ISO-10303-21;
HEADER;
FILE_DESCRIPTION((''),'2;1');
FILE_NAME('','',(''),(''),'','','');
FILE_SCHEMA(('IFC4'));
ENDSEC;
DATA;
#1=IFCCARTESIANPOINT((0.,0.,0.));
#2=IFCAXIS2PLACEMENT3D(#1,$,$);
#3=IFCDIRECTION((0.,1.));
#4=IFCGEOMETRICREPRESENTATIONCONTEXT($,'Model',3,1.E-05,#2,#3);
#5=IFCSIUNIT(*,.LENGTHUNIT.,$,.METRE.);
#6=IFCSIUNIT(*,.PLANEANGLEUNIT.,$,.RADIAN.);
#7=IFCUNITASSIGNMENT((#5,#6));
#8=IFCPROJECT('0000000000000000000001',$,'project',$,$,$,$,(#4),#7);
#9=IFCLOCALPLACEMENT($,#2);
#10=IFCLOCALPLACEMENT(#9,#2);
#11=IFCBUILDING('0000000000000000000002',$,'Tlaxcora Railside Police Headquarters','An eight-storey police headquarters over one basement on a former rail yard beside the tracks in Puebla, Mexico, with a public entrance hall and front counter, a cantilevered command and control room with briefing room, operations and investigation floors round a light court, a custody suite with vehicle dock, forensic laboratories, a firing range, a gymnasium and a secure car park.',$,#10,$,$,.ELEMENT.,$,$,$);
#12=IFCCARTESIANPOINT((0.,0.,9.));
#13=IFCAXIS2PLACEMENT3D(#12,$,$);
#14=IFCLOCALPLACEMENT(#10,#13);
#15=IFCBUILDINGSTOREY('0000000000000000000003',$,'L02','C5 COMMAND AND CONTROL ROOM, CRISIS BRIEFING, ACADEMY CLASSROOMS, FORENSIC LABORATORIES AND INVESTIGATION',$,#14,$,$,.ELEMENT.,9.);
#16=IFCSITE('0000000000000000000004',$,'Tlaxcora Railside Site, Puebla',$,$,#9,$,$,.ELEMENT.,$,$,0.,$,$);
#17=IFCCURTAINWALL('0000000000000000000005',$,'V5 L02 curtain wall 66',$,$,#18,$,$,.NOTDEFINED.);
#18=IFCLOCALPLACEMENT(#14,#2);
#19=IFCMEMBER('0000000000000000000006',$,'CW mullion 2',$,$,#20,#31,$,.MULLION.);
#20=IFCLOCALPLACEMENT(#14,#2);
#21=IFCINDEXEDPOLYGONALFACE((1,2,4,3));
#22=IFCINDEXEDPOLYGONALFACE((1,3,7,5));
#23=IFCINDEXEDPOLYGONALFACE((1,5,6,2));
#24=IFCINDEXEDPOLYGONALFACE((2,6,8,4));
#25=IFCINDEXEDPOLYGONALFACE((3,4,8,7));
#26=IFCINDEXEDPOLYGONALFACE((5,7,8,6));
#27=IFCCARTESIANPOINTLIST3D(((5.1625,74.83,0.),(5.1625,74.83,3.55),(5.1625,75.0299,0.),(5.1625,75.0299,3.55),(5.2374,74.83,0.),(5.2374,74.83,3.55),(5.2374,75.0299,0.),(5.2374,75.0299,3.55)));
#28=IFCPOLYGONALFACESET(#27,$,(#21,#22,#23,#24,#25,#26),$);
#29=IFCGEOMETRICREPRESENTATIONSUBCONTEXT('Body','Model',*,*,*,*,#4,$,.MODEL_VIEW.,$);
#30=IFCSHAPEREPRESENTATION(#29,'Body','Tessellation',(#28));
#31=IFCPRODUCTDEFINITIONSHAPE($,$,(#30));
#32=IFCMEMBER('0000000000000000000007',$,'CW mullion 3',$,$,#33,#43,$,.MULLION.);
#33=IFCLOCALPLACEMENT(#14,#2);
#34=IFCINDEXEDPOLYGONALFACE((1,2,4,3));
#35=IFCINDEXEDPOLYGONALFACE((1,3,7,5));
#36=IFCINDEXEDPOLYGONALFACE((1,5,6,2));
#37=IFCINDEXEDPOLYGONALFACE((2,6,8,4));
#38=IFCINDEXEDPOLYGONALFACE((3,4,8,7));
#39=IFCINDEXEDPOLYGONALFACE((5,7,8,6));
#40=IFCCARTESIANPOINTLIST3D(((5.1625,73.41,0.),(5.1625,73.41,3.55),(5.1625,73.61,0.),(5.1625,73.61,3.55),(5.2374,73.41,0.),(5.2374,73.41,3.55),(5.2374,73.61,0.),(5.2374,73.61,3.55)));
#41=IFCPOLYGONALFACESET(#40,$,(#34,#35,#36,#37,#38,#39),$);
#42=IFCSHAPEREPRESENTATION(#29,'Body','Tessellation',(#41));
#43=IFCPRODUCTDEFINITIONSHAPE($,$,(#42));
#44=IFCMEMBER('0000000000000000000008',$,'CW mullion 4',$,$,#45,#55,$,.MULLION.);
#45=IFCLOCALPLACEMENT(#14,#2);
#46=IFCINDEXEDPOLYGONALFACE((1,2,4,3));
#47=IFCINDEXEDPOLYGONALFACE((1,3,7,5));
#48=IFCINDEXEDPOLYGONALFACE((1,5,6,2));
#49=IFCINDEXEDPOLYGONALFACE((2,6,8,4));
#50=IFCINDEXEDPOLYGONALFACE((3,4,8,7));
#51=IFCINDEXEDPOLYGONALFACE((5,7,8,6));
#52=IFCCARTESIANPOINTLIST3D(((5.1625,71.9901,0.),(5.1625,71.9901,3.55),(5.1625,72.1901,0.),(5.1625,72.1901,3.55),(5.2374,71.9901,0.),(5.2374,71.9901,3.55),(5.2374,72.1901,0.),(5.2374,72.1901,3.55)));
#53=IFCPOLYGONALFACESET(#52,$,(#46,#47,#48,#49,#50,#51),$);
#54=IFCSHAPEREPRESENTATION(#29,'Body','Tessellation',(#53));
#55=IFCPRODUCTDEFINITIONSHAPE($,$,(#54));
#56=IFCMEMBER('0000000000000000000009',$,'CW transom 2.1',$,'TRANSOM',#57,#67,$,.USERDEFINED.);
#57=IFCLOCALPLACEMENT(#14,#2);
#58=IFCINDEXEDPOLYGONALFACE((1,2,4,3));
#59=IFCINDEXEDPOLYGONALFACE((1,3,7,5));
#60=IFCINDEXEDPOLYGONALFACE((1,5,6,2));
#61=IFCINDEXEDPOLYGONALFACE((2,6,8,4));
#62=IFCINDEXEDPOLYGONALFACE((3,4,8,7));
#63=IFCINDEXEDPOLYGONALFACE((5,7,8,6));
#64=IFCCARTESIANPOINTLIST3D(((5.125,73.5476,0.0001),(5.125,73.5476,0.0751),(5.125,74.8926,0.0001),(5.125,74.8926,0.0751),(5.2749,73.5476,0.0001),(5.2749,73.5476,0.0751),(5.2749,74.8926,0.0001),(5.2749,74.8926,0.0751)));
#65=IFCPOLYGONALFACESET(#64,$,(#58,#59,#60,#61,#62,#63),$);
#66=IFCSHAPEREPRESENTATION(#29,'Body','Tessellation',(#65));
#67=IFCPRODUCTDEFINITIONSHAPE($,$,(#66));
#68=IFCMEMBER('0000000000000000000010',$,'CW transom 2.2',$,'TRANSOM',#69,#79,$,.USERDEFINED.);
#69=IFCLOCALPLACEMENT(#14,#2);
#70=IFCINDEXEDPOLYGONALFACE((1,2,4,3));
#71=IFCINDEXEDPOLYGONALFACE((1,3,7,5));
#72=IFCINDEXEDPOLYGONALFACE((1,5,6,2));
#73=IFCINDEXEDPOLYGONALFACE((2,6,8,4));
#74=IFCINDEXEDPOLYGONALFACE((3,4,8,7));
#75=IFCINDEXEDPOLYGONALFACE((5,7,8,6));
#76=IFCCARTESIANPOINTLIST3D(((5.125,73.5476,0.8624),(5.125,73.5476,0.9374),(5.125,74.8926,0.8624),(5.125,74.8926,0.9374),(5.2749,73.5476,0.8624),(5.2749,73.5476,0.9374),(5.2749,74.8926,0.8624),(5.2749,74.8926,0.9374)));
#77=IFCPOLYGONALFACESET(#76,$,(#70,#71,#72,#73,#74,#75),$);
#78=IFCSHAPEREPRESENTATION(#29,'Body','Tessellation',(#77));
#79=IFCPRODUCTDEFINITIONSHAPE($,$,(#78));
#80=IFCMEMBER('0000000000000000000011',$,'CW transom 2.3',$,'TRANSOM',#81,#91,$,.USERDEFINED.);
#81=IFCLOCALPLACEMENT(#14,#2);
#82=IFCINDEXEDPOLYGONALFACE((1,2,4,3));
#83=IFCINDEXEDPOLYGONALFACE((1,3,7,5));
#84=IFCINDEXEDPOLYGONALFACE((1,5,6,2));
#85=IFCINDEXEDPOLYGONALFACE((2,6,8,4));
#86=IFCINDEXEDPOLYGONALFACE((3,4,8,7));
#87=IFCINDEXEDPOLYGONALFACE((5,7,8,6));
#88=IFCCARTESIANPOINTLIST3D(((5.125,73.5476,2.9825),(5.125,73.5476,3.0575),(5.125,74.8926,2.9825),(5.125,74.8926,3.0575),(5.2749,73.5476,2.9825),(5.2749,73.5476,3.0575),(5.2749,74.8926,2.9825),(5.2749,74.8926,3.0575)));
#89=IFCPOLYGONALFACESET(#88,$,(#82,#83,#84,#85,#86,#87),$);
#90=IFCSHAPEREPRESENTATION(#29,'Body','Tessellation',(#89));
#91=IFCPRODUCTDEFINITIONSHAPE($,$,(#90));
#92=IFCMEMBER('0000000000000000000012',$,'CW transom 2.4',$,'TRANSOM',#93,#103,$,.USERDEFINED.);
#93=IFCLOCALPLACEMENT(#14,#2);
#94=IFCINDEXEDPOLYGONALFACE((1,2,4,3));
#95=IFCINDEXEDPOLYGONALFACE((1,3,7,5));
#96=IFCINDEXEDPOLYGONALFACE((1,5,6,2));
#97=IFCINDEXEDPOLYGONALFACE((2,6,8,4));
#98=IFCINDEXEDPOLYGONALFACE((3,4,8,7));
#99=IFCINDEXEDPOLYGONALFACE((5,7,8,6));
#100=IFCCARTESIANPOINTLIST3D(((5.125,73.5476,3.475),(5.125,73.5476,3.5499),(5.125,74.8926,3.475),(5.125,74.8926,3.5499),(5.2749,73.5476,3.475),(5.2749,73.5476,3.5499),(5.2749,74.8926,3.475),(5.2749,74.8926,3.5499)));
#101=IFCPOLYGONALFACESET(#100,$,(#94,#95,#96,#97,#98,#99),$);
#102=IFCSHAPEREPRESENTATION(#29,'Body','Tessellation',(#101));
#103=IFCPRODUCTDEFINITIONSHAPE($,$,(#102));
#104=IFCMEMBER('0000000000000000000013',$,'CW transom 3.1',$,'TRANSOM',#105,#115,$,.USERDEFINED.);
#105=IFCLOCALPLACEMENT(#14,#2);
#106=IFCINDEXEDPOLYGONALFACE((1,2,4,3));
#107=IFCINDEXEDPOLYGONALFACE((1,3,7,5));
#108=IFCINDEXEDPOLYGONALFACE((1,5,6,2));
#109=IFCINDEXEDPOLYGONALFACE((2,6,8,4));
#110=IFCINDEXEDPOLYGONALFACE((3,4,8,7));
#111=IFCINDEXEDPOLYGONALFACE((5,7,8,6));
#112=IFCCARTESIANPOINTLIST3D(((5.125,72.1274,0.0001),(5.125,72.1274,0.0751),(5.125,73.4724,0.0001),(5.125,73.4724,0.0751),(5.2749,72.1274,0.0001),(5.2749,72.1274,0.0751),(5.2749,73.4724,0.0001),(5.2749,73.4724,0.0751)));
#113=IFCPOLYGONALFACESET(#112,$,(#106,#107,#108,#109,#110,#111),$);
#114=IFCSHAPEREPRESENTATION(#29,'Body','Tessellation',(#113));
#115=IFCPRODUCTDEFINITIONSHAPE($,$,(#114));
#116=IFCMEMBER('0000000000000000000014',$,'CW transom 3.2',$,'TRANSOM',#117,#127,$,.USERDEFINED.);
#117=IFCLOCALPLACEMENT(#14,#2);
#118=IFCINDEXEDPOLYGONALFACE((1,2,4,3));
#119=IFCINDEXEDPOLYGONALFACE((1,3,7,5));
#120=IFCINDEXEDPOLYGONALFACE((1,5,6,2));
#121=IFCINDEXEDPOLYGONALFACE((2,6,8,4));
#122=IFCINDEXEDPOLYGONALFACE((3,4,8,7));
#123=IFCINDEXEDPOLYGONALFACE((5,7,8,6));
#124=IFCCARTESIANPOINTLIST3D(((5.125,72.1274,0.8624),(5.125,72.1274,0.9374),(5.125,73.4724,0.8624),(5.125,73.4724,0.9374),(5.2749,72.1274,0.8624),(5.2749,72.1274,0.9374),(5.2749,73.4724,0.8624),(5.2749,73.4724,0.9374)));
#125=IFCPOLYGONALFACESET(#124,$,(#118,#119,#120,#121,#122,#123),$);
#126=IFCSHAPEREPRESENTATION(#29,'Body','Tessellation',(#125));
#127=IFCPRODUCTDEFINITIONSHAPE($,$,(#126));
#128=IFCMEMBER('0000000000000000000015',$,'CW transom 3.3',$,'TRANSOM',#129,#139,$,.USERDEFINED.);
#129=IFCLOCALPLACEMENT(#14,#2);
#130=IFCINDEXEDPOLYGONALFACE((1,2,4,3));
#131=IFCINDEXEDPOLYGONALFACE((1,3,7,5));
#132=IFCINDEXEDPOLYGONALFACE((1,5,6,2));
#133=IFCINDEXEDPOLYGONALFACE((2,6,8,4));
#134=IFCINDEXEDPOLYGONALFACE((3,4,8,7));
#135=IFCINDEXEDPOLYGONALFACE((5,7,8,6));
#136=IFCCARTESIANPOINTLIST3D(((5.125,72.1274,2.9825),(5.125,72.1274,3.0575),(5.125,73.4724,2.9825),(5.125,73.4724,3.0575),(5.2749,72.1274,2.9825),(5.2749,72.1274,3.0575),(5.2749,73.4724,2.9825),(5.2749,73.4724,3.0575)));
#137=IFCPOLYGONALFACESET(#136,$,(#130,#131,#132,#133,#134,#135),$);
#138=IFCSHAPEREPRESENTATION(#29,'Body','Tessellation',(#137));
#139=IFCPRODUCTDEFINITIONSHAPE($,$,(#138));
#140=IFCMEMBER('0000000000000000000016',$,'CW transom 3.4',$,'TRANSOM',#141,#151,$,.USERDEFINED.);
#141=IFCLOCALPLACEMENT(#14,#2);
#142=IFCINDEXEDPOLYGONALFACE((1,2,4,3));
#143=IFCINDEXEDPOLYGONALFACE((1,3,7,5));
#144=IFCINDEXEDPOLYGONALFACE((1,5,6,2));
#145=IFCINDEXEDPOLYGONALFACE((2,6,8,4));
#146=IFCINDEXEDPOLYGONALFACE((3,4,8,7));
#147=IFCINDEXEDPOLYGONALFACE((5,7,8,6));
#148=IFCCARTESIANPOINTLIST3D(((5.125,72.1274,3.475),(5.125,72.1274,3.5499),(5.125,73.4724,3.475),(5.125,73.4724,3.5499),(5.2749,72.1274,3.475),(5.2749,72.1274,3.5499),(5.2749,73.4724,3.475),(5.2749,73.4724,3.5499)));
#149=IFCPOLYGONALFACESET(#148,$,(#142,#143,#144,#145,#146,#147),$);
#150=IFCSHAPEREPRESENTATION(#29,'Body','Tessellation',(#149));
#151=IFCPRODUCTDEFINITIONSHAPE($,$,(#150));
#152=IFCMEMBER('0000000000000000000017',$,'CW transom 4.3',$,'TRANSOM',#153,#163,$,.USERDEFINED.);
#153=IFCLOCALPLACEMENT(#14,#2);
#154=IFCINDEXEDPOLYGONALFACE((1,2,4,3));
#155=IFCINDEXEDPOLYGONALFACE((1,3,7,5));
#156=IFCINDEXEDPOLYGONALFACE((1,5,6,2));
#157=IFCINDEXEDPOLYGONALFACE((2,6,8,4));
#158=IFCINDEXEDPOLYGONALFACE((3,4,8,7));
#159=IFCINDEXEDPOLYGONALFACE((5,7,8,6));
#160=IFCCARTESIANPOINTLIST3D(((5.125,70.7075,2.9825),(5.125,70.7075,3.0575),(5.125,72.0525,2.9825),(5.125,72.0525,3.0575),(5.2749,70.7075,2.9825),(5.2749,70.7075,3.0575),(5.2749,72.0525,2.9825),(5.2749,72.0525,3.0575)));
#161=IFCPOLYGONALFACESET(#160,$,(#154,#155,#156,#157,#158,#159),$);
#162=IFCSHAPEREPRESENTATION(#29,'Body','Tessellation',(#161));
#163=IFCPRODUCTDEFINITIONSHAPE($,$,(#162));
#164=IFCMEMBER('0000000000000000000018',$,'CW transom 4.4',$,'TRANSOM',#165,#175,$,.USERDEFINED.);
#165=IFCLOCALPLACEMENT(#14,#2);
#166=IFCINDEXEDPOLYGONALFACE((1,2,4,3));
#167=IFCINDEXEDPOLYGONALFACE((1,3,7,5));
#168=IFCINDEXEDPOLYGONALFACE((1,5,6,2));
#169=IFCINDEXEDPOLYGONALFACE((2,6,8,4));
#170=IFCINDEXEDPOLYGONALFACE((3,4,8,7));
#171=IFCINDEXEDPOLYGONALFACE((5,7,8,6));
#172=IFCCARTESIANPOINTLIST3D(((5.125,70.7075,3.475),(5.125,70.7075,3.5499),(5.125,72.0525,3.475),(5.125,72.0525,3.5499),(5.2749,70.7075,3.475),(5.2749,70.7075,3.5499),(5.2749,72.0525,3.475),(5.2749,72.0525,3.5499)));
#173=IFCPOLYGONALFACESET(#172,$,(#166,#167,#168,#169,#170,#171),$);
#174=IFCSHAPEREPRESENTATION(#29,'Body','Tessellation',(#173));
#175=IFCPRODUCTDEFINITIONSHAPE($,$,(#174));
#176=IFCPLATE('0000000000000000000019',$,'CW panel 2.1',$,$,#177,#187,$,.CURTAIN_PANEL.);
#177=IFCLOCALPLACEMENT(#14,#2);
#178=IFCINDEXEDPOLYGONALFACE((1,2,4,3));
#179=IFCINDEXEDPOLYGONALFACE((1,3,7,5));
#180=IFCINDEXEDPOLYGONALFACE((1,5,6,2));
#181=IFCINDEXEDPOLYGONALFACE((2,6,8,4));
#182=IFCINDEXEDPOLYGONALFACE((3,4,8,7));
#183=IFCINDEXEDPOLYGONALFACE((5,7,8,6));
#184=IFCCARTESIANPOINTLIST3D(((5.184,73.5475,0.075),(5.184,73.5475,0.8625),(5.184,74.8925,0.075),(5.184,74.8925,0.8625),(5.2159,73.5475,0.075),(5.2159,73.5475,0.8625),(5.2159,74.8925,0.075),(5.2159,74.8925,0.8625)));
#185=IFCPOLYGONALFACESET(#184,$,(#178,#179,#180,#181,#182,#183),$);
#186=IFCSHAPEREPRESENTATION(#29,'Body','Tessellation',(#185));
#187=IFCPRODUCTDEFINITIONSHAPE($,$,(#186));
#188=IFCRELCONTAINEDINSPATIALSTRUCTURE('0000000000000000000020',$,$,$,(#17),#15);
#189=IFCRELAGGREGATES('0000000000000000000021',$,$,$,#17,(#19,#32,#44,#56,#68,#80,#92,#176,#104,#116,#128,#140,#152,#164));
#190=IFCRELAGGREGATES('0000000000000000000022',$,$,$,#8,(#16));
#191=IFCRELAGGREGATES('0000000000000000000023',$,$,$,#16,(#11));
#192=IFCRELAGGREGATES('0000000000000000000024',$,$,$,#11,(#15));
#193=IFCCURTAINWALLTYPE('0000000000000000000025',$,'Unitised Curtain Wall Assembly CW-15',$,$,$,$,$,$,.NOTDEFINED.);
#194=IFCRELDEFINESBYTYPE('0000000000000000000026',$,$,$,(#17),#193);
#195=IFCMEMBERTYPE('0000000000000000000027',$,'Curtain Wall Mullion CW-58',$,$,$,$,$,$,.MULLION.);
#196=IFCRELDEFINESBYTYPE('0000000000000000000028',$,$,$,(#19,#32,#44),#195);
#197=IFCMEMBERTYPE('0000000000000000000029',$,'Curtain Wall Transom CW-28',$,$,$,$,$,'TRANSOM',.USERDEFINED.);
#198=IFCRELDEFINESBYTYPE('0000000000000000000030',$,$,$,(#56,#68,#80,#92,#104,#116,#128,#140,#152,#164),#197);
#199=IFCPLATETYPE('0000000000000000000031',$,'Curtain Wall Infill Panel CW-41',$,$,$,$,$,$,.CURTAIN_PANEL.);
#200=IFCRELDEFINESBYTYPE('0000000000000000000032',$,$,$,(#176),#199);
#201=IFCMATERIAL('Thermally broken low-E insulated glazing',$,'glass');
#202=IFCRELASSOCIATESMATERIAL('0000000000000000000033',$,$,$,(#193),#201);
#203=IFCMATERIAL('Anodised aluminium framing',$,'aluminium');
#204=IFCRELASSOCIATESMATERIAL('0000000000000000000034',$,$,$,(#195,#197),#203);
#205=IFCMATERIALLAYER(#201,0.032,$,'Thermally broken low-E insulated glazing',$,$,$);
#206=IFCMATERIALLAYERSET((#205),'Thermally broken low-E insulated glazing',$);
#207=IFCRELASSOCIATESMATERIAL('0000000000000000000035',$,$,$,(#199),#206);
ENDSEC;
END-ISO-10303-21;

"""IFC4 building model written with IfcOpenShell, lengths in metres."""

from ifc_helpers import new_model, si_unit, direction, frame, origin, origin_2d, place, context, subcontext, project, spatial, rectangle, extrude, material, layer, layer_set, material_profile, profile_set, type_object, element, aggregate, save


model = new_model("IFC4")

# Units and contexts
model_context = context("Model", 3, precision=1e-05, world=origin(), true_north=direction((0.0, 1.0)))
body_context = subcontext(model_context, "Body", "Model", "MODEL_VIEW")
ifc_project = project(units=[si_unit("LENGTHUNIT", "METRE"), si_unit("PLANEANGLEUNIT", "RADIAN")], contexts=[model_context])

# Site, building, storey
site_placement = place(None, origin())
site = spatial("IfcSite", under=ifc_project, at=site_placement, Name="Tlaxcora Railside Site, Puebla", CompositionType="ELEMENT", RefElevation=0.0)
building_placement = place(site_placement, origin())
building = spatial("IfcBuilding", under=site, at=building_placement, Name="Tlaxcora Railside Police Headquarters", Description="An eight-storey police headquarters over one basement on a former rail yard beside the tracks in Puebla, Mexico, with a public entrance hall and front counter, a cantilevered command and control room with briefing room, operations and investigation floors round a light court, a custody suite with vehicle dock, forensic laboratories, a firing range, a gymnasium and a secure car park.", CompositionType="ELEMENT")
storey_placement = place(building_placement, frame((0.0, 0.0, 9.0)))
storey = spatial("IfcBuildingStorey", under=building, at=storey_placement, Name="L02", Description="C5 COMMAND AND CONTROL ROOM, CRISIS BRIEFING, ACADEMY CLASSROOMS, FORENSIC LABORATORIES AND INVESTIGATION", CompositionType="ELEMENT", Elevation=9.0)

# Curtain wall, members, plate
ifc_material_1 = material(Name="Thermally broken low-E insulated glazing", Category="glass")
curtain_wall_type = type_object("IfcCurtainWallType", Name="Unitised Curtain Wall Assembly CW-15", PredefinedType="NOTDEFINED", material=ifc_material_1)
curtain_wall_placement = place(storey_placement, origin())
curtain_wall = element("IfcCurtainWall", 1, at=curtain_wall_placement, inside=storey, type_object=curtain_wall_type, Name="V5 L02 curtain wall 66", PredefinedType="NOTDEFINED")
ifc_material_2 = material(Name="Anodised aluminium framing", Category="aluminium")
ifc_material_profile_1 = material_profile(ifc_material_2, rectangle(XDim=0.075, YDim=0.2, at=origin_2d()), Name="AL75X200")
ifc_profile_set_1 = profile_set([ifc_material_profile_1], Name="Anodised aluminium framing")
member_type_1 = type_object("IfcMemberType", Name="Curtain Wall Mullion CW-58", PredefinedType="MULLION", material=ifc_profile_set_1)
member_1_placement = place(storey_placement, frame((5.2, 74.9299, 0.0), z_axis=(0.0, 0.0, 1.0), x_axis=(1.0, 0.0, 0.0)))
member_1 = element("IfcMember", 2, at=member_1_placement, type_object=member_type_1, Name="CW mullion 2", PredefinedType="MULLION", context=body_context, shape_type="SweptSolid", body=[
    extrude(rectangle(XDim=0.075, YDim=0.2, at=origin_2d()), origin(), (0.0, 0.0, 1.0), 3.55),
])
member_2_placement = place(storey_placement, frame((5.2, 73.51, 0.0), z_axis=(0.0, 0.0, 1.0), x_axis=(1.0, 0.0, 0.0)))
member_2 = element("IfcMember", 3, at=member_2_placement, type_object=member_type_1, Name="CW mullion 3", PredefinedType="MULLION", context=body_context, shape_type="SweptSolid", body=[
    extrude(rectangle(XDim=0.075, YDim=0.2, at=origin_2d()), origin(), (0.0, 0.0, 1.0), 3.55),
])
member_3_placement = place(storey_placement, frame((5.2, 72.0901, 0.0), z_axis=(0.0, 0.0, 1.0), x_axis=(1.0, 0.0, 0.0)))
member_3 = element("IfcMember", 4, at=member_3_placement, type_object=member_type_1, Name="CW mullion 4", PredefinedType="MULLION", context=body_context, shape_type="SweptSolid", body=[
    extrude(rectangle(XDim=0.075, YDim=0.2, at=origin_2d()), origin(), (0.0, 0.0, 1.0), 3.55),
])
ifc_material_profile_2 = material_profile(ifc_material_2, rectangle(XDim=0.1499, YDim=0.075, at=origin_2d()), Name="AL75X150")
ifc_profile_set_2 = profile_set([ifc_material_profile_2], Name="Anodised aluminium framing")
member_type_2 = type_object("IfcMemberType", Name="Curtain Wall Transom CW-28", ElementType="TRANSOM", PredefinedType="USERDEFINED", material=ifc_profile_set_2)
member_4_placement = place(storey_placement, frame((5.2, 74.8926, 0.0376), z_axis=(0.0, -1.0, 0.0), x_axis=(1.0, 0.0, 0.0)))
member_4 = element("IfcMember", 5, at=member_4_placement, type_object=member_type_2, Name="CW transom 2.1", ObjectType="TRANSOM", PredefinedType="USERDEFINED", context=body_context, shape_type="SweptSolid", body=[
    extrude(rectangle(XDim=0.1499, YDim=0.075, at=origin_2d()), origin(), (0.0, 0.0, 1.0), 1.345),
])
member_5_placement = place(storey_placement, frame((5.2, 74.8926, 0.8999), z_axis=(0.0, -1.0, 0.0), x_axis=(1.0, 0.0, 0.0)))
member_5 = element("IfcMember", 6, at=member_5_placement, type_object=member_type_2, Name="CW transom 2.2", ObjectType="TRANSOM", PredefinedType="USERDEFINED", context=body_context, shape_type="SweptSolid", body=[
    extrude(rectangle(XDim=0.1499, YDim=0.075, at=origin_2d()), origin(), (0.0, 0.0, 1.0), 1.345),
])
member_6_placement = place(storey_placement, frame((5.2, 74.8926, 3.02), z_axis=(0.0, -1.0, 0.0), x_axis=(1.0, 0.0, 0.0)))
member_6 = element("IfcMember", 7, at=member_6_placement, type_object=member_type_2, Name="CW transom 2.3", ObjectType="TRANSOM", PredefinedType="USERDEFINED", context=body_context, shape_type="SweptSolid", body=[
    extrude(rectangle(XDim=0.1499, YDim=0.075, at=origin_2d()), origin(), (0.0, 0.0, 1.0), 1.345),
])
member_7_placement = place(storey_placement, frame((5.2, 74.8926, 3.5125), z_axis=(0.0, -1.0, 0.0), x_axis=(1.0, 0.0, 0.0)))
member_7 = element("IfcMember", 8, at=member_7_placement, type_object=member_type_2, Name="CW transom 2.4", ObjectType="TRANSOM", PredefinedType="USERDEFINED", context=body_context, shape_type="SweptSolid", body=[
    extrude(rectangle(XDim=0.1499, YDim=0.075, at=origin_2d()), origin(), (0.0, 0.0, 1.0), 1.345),
])
member_8_placement = place(storey_placement, frame((5.2, 73.4724, 0.0376), z_axis=(0.0, -1.0, 0.0), x_axis=(1.0, 0.0, 0.0)))
member_8 = element("IfcMember", 9, at=member_8_placement, type_object=member_type_2, Name="CW transom 3.1", ObjectType="TRANSOM", PredefinedType="USERDEFINED", context=body_context, shape_type="SweptSolid", body=[
    extrude(rectangle(XDim=0.1499, YDim=0.075, at=origin_2d()), origin(), (0.0, 0.0, 1.0), 1.345),
])
member_9_placement = place(storey_placement, frame((5.2, 73.4724, 0.8999), z_axis=(0.0, -1.0, 0.0), x_axis=(1.0, 0.0, 0.0)))
member_9 = element("IfcMember", 10, at=member_9_placement, type_object=member_type_2, Name="CW transom 3.2", ObjectType="TRANSOM", PredefinedType="USERDEFINED", context=body_context, shape_type="SweptSolid", body=[
    extrude(rectangle(XDim=0.1499, YDim=0.075, at=origin_2d()), origin(), (0.0, 0.0, 1.0), 1.345),
])
member_10_placement = place(storey_placement, frame((5.2, 73.4724, 3.02), z_axis=(0.0, -1.0, 0.0), x_axis=(1.0, 0.0, 0.0)))
member_10 = element("IfcMember", 11, at=member_10_placement, type_object=member_type_2, Name="CW transom 3.3", ObjectType="TRANSOM", PredefinedType="USERDEFINED", context=body_context, shape_type="SweptSolid", body=[
    extrude(rectangle(XDim=0.1499, YDim=0.075, at=origin_2d()), origin(), (0.0, 0.0, 1.0), 1.345),
])
member_11_placement = place(storey_placement, frame((5.2, 73.4724, 3.5125), z_axis=(0.0, -1.0, 0.0), x_axis=(1.0, 0.0, 0.0)))
member_11 = element("IfcMember", 12, at=member_11_placement, type_object=member_type_2, Name="CW transom 3.4", ObjectType="TRANSOM", PredefinedType="USERDEFINED", context=body_context, shape_type="SweptSolid", body=[
    extrude(rectangle(XDim=0.1499, YDim=0.075, at=origin_2d()), origin(), (0.0, 0.0, 1.0), 1.345),
])
member_12_placement = place(storey_placement, frame((5.2, 72.0525, 3.02), z_axis=(0.0, -1.0, 0.0), x_axis=(1.0, 0.0, 0.0)))
member_12 = element("IfcMember", 13, at=member_12_placement, type_object=member_type_2, Name="CW transom 4.3", ObjectType="TRANSOM", PredefinedType="USERDEFINED", context=body_context, shape_type="SweptSolid", body=[
    extrude(rectangle(XDim=0.1499, YDim=0.075, at=origin_2d()), origin(), (0.0, 0.0, 1.0), 1.345),
])
member_13_placement = place(storey_placement, frame((5.2, 72.0525, 3.5125), z_axis=(0.0, -1.0, 0.0), x_axis=(1.0, 0.0, 0.0)))
member_13 = element("IfcMember", 14, at=member_13_placement, type_object=member_type_2, Name="CW transom 4.4", ObjectType="TRANSOM", PredefinedType="USERDEFINED", context=body_context, shape_type="SweptSolid", body=[
    extrude(rectangle(XDim=0.1499, YDim=0.075, at=origin_2d()), origin(), (0.0, 0.0, 1.0), 1.345),
])
ifc_layer_1 = layer(ifc_material_1, 0.032, Name="Thermally broken low-E insulated glazing")
ifc_layer_set_1 = layer_set([ifc_layer_1], Name="Thermally broken low-E insulated glazing")
plate_type = type_object("IfcPlateType", Name="Curtain Wall Infill Panel CW-41", PredefinedType="CURTAIN_PANEL", material=ifc_layer_set_1)
plate_1_placement = place(storey_placement, frame((5.2, 74.22, 0.075), z_axis=(0.0, 0.0, 1.0), x_axis=(0.0, -1.0, 0.0)))
plate_1 = element("IfcPlate", 15, at=plate_1_placement, type_object=plate_type, Name="CW panel 2.1", PredefinedType="CURTAIN_PANEL", context=body_context, shape_type="SweptSolid", body=[
    extrude(rectangle(XDim=1.345, YDim=0.032, at=origin_2d()), origin(), (0.0, 0.0, 1.0), 0.7876),
])
aggregate(curtain_wall, [member_1, member_2, member_3, member_4, member_5, member_6, member_7, plate_1, member_8, member_9, member_10, member_11, member_12, member_13])

save(model, "model.ifc")
